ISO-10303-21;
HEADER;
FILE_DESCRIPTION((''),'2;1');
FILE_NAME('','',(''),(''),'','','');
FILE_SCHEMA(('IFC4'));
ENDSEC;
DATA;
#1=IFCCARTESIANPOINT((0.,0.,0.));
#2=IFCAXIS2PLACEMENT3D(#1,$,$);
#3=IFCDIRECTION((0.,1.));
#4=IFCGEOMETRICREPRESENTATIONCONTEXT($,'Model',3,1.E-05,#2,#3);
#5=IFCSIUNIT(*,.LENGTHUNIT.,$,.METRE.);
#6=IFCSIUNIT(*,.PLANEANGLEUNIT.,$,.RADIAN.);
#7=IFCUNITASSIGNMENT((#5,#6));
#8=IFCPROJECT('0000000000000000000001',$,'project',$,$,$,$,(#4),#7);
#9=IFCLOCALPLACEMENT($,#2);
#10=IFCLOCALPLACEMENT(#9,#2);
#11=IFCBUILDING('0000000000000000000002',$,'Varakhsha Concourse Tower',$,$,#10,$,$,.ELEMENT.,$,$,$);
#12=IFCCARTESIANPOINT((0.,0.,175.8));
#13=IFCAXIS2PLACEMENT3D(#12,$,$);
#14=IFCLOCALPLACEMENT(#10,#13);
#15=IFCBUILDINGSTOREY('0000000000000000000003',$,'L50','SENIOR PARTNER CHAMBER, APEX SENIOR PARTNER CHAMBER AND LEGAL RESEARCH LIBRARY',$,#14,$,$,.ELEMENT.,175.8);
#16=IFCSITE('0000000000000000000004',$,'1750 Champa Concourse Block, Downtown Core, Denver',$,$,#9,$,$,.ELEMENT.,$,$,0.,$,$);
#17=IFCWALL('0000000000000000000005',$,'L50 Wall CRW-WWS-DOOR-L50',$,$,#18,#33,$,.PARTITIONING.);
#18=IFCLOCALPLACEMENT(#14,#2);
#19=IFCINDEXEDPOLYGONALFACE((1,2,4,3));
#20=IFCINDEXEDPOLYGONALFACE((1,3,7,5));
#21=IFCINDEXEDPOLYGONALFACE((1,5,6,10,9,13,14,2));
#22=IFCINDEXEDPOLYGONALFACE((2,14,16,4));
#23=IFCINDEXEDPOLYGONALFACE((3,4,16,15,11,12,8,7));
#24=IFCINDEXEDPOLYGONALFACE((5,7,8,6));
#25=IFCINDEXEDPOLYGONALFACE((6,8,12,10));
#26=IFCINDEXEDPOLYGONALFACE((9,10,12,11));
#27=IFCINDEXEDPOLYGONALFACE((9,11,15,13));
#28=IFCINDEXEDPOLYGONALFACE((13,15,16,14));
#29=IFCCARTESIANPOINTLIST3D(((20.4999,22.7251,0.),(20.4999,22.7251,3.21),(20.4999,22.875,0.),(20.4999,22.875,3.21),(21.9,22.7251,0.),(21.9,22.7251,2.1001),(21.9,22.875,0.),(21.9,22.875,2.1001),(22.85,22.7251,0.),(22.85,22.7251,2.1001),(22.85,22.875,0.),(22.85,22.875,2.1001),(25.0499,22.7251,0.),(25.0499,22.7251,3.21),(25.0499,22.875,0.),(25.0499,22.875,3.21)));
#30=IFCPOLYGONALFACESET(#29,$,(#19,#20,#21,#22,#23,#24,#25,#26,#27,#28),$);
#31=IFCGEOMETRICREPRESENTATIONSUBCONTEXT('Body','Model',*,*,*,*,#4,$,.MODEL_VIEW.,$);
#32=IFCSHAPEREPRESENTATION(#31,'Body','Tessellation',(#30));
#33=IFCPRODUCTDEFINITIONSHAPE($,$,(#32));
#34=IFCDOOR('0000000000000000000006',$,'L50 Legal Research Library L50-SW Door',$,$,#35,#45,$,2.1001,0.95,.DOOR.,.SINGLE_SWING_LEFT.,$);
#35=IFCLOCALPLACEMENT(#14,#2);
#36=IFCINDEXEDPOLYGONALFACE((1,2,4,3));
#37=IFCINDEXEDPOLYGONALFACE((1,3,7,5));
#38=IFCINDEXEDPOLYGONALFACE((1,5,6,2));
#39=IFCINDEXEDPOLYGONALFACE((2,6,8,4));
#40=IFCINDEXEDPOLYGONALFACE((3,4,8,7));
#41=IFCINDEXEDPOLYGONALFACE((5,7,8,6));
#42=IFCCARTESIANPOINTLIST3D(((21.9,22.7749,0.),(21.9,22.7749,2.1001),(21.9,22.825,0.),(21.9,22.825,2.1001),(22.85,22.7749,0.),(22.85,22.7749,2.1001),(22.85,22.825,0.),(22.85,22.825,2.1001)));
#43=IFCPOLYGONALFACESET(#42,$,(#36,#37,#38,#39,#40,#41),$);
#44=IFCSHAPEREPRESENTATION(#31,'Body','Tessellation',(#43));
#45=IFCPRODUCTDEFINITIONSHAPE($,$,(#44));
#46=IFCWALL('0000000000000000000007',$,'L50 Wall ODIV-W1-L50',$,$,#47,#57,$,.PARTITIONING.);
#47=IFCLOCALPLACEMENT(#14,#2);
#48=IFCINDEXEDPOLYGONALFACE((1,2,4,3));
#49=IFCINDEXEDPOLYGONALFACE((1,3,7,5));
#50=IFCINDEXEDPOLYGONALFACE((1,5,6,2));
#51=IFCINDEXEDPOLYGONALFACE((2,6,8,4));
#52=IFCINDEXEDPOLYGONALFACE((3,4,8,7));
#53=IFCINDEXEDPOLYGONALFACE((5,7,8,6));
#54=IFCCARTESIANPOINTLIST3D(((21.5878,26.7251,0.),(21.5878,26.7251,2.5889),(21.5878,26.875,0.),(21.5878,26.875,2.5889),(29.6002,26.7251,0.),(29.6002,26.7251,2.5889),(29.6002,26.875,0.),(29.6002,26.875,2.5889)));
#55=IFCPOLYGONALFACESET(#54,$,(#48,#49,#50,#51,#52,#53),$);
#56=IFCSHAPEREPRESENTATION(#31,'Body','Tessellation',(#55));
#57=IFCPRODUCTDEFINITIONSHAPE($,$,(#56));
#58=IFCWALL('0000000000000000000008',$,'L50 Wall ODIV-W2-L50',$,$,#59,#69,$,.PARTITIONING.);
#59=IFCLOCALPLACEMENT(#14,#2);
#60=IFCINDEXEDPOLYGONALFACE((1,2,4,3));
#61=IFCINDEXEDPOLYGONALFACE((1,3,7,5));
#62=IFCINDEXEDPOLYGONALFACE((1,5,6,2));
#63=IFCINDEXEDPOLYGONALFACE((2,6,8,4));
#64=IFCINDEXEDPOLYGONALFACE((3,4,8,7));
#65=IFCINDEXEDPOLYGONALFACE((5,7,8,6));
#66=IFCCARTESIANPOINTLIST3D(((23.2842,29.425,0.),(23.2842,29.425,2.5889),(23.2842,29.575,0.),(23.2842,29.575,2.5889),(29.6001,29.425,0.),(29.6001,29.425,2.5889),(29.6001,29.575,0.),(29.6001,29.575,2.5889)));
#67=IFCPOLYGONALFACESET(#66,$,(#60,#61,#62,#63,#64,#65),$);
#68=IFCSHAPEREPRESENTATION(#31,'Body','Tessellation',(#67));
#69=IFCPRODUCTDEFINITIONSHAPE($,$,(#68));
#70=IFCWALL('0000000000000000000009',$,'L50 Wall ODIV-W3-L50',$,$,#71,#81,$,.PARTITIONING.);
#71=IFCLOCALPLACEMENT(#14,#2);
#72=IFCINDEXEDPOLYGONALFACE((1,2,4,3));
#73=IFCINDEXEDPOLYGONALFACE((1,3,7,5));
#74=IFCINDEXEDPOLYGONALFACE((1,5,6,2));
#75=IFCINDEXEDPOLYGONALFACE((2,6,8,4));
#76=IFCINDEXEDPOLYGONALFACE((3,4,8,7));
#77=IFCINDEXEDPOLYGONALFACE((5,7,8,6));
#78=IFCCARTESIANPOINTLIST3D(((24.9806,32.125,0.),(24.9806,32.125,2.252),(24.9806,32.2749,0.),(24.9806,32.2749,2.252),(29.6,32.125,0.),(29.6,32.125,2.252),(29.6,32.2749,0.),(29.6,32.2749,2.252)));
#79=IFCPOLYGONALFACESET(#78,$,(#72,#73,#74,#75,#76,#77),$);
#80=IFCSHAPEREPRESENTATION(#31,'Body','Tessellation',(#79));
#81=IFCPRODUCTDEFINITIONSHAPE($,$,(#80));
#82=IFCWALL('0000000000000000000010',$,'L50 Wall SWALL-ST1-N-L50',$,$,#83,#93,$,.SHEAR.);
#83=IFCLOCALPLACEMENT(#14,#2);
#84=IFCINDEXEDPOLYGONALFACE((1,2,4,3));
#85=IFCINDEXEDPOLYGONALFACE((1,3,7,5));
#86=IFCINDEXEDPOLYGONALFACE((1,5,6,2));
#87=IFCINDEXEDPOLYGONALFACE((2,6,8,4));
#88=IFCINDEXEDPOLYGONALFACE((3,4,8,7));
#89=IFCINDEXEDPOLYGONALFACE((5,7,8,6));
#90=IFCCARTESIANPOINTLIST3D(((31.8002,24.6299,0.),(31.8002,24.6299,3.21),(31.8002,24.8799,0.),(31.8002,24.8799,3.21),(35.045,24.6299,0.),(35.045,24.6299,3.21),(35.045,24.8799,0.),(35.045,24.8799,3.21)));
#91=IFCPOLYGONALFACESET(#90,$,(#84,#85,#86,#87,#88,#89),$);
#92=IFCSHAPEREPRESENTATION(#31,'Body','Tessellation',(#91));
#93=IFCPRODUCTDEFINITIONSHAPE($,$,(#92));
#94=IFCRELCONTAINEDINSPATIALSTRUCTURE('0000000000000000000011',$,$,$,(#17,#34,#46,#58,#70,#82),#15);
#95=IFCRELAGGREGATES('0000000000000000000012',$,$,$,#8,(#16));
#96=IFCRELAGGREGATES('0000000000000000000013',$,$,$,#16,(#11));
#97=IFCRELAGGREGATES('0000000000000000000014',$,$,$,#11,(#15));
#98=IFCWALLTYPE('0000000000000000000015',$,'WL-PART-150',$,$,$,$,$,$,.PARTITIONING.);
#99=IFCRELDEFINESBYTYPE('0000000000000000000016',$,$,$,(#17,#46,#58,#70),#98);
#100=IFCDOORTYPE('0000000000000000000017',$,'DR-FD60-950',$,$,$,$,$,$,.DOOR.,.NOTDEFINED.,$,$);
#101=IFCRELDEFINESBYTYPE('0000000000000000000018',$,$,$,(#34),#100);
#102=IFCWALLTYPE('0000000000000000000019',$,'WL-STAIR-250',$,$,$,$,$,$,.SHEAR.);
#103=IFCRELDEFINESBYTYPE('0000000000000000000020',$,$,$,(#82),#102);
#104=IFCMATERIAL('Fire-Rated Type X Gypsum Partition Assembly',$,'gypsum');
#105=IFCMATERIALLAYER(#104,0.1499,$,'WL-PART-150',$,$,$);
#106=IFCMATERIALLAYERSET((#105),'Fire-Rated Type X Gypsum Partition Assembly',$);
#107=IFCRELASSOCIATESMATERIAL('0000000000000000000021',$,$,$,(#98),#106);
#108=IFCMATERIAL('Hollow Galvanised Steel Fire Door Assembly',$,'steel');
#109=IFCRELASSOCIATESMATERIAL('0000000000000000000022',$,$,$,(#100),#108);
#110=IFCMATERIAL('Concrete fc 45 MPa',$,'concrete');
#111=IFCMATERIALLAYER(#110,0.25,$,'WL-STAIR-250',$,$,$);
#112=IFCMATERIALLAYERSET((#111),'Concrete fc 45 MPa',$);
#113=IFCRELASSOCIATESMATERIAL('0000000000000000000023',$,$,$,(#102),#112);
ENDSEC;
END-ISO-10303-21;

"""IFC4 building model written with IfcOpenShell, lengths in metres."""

from ifc_helpers import new_model, si_unit, direction, frame, frame_2d, origin, place, context, subcontext, project, spatial, rectangle, extrude, material, layer, layer_set, type_object, element, fill, save


model = new_model("IFC4")

# Units and contexts
model_context = context("Model", 3, precision=1e-05, world=origin(), true_north=direction((0.0, 1.0)))
body_context = subcontext(model_context, "Body", "Model", "MODEL_VIEW")
ifc_project = project(units=[si_unit("LENGTHUNIT", "METRE"), si_unit("PLANEANGLEUNIT", "RADIAN")], contexts=[model_context])

# Site, building, storey
site_placement = place(None, origin())
site = spatial("IfcSite", under=ifc_project, at=site_placement, Name="1750 Champa Concourse Block, Downtown Core, Denver", CompositionType="ELEMENT", RefElevation=0.0)
building_placement = place(site_placement, origin())
building = spatial("IfcBuilding", under=site, at=building_placement, Name="Varakhsha Concourse Tower", CompositionType="ELEMENT")
storey_placement = place(building_placement, frame((0.0, 0.0, 175.8)))
storey = spatial("IfcBuildingStorey", under=building, at=storey_placement, Name="L50", Description="SENIOR PARTNER CHAMBER, APEX SENIOR PARTNER CHAMBER AND LEGAL RESEARCH LIBRARY", CompositionType="ELEMENT", Elevation=175.8)

# Shared definitions
ifc_material_1 = material(Name="Fire-Rated Type X Gypsum Partition Assembly", Category="gypsum")
ifc_layer_1 = layer(ifc_material_1, 0.1499, Name="WL-PART-150")
ifc_layer_set_1 = layer_set([ifc_layer_1], Name="Fire-Rated Type X Gypsum Partition Assembly")
wall_type_1 = type_object("IfcWallType", Name="WL-PART-150", PredefinedType="PARTITIONING", material=ifc_layer_set_1)
ifc_material_2 = material(Name="Hollow Galvanised Steel Fire Door Assembly", Category="steel")
door_type = type_object("IfcDoorType", Name="DR-FD60-950", OperationType="NOTDEFINED", PredefinedType="DOOR", material=ifc_material_2)

# Wall, opening, door
wall_1_placement = place(storey_placement, frame((20.5, 22.8, 0.0), z_axis=(0.0, 0.0, 1.0), x_axis=(1.0, 0.0, 0.0)))
wall_1 = element("IfcWall", 1, at=wall_1_placement, inside=storey, type_object=wall_type_1, Name="L50 Wall CRW-WWS-DOOR-L50", PredefinedType="PARTITIONING", context=body_context, shape_type="SweptSolid", body=[
    extrude(rectangle(XDim=4.55, YDim=0.1499, at=frame_2d((2.2749, 0.0))), origin(), (0.0, 0.0, 1.0), 3.21),
])
opening_1_placement = place(wall_1_placement, frame((1.3999, 0.0, 0.0)))
opening_1 = element("IfcOpeningElement", 2, at=opening_1_placement, cuts=wall_1, PredefinedType="OPENING", context=body_context, shape_type="SweptSolid", body=[
    extrude(rectangle(XDim=0.95, YDim=2.1001, at=frame_2d((0.4751, 1.05))), frame((0.0, 0.085, 0.0), z_axis=(0.0, -1.0, 0.0), x_axis=(1.0, 0.0, 0.0)), (0.0, 0.0, 1.0), 0.1699),
])
door_1_placement = place(opening_1_placement, origin())
door_1 = element("IfcDoor", 3, at=door_1_placement, inside=storey, type_object=door_type, Name="L50 Legal Research Library L50-SW Door", OperationType="SINGLE_SWING_LEFT", OverallHeight=2.1001, OverallWidth=0.95, PredefinedType="DOOR", context=body_context, shape_type="SweptSolid", body=[
    extrude(rectangle(XDim=0.95, YDim=2.1001, at=frame_2d((0.4751, 1.05))), frame((0.0, 0.0249, 0.0), z_axis=(0.0, -1.0, 0.0), x_axis=(1.0, 0.0, 0.0)), (0.0, 0.0, 1.0), 0.05),
])
fill(opening_1, door_1)

# Walls
wall_2_placement = place(storey_placement, frame((21.5876, 26.8, 0.0), z_axis=(0.0, 0.0, 1.0), x_axis=(1.0, 0.0, 0.0)))
element("IfcWall", 4, at=wall_2_placement, inside=storey, type_object=wall_type_1, Name="L50 Wall ODIV-W1-L50", PredefinedType="PARTITIONING", context=body_context, shape_type="SweptSolid", body=[
    extrude(rectangle(XDim=8.0125, YDim=0.1499, at=frame_2d((4.0063, 0.0))), origin(), (0.0, 0.0, 1.0), 2.5889),
])
wall_3_placement = place(storey_placement, frame((23.2842, 29.5, 0.0), z_axis=(0.0, 0.0, 1.0), x_axis=(1.0, 0.0, 0.0)))
element("IfcWall", 5, at=wall_3_placement, inside=storey, type_object=wall_type_1, Name="L50 Wall ODIV-W2-L50", PredefinedType="PARTITIONING", context=body_context, shape_type="SweptSolid", body=[
    extrude(rectangle(XDim=6.3159, YDim=0.1499, at=frame_2d((3.158, 0.0))), origin(), (0.0, 0.0, 1.0), 2.5889),
])
wall_4_placement = place(storey_placement, frame((24.9807, 32.2, 0.0), z_axis=(0.0, 0.0, 1.0), x_axis=(1.0, 0.0, 0.0)))
element("IfcWall", 6, at=wall_4_placement, inside=storey, type_object=wall_type_1, Name="L50 Wall ODIV-W3-L50", PredefinedType="PARTITIONING", context=body_context, shape_type="SweptSolid", body=[
    extrude(rectangle(XDim=4.6194, YDim=0.1499, at=frame_2d((2.3096, 0.0))), origin(), (0.0, 0.0, 1.0), 2.252),
])
ifc_material_3 = material(Name="Concrete fc 45 MPa", Category="concrete")
ifc_layer_2 = layer(ifc_material_3, 0.25, Name="WL-STAIR-250")
ifc_layer_set_2 = layer_set([ifc_layer_2], Name="Concrete fc 45 MPa")
wall_type_2 = type_object("IfcWallType", Name="WL-STAIR-250", PredefinedType="SHEAR", material=ifc_layer_set_2)
wall_5_placement = place(storey_placement, frame((31.8, 24.7549, 0.0), z_axis=(0.0, 0.0, 1.0), x_axis=(1.0, 0.0, 0.0)))
element("IfcWall", 7, at=wall_5_placement, inside=storey, type_object=wall_type_2, Name="L50 Wall SWALL-ST1-N-L50", PredefinedType="SHEAR", context=body_context, shape_type="SweptSolid", body=[
    extrude(rectangle(XDim=3.2449, YDim=0.25, at=frame_2d((1.6226, 0.0))), origin(), (0.0, 0.0, 1.0), 3.21),
])

save(model, "model.ifc")
